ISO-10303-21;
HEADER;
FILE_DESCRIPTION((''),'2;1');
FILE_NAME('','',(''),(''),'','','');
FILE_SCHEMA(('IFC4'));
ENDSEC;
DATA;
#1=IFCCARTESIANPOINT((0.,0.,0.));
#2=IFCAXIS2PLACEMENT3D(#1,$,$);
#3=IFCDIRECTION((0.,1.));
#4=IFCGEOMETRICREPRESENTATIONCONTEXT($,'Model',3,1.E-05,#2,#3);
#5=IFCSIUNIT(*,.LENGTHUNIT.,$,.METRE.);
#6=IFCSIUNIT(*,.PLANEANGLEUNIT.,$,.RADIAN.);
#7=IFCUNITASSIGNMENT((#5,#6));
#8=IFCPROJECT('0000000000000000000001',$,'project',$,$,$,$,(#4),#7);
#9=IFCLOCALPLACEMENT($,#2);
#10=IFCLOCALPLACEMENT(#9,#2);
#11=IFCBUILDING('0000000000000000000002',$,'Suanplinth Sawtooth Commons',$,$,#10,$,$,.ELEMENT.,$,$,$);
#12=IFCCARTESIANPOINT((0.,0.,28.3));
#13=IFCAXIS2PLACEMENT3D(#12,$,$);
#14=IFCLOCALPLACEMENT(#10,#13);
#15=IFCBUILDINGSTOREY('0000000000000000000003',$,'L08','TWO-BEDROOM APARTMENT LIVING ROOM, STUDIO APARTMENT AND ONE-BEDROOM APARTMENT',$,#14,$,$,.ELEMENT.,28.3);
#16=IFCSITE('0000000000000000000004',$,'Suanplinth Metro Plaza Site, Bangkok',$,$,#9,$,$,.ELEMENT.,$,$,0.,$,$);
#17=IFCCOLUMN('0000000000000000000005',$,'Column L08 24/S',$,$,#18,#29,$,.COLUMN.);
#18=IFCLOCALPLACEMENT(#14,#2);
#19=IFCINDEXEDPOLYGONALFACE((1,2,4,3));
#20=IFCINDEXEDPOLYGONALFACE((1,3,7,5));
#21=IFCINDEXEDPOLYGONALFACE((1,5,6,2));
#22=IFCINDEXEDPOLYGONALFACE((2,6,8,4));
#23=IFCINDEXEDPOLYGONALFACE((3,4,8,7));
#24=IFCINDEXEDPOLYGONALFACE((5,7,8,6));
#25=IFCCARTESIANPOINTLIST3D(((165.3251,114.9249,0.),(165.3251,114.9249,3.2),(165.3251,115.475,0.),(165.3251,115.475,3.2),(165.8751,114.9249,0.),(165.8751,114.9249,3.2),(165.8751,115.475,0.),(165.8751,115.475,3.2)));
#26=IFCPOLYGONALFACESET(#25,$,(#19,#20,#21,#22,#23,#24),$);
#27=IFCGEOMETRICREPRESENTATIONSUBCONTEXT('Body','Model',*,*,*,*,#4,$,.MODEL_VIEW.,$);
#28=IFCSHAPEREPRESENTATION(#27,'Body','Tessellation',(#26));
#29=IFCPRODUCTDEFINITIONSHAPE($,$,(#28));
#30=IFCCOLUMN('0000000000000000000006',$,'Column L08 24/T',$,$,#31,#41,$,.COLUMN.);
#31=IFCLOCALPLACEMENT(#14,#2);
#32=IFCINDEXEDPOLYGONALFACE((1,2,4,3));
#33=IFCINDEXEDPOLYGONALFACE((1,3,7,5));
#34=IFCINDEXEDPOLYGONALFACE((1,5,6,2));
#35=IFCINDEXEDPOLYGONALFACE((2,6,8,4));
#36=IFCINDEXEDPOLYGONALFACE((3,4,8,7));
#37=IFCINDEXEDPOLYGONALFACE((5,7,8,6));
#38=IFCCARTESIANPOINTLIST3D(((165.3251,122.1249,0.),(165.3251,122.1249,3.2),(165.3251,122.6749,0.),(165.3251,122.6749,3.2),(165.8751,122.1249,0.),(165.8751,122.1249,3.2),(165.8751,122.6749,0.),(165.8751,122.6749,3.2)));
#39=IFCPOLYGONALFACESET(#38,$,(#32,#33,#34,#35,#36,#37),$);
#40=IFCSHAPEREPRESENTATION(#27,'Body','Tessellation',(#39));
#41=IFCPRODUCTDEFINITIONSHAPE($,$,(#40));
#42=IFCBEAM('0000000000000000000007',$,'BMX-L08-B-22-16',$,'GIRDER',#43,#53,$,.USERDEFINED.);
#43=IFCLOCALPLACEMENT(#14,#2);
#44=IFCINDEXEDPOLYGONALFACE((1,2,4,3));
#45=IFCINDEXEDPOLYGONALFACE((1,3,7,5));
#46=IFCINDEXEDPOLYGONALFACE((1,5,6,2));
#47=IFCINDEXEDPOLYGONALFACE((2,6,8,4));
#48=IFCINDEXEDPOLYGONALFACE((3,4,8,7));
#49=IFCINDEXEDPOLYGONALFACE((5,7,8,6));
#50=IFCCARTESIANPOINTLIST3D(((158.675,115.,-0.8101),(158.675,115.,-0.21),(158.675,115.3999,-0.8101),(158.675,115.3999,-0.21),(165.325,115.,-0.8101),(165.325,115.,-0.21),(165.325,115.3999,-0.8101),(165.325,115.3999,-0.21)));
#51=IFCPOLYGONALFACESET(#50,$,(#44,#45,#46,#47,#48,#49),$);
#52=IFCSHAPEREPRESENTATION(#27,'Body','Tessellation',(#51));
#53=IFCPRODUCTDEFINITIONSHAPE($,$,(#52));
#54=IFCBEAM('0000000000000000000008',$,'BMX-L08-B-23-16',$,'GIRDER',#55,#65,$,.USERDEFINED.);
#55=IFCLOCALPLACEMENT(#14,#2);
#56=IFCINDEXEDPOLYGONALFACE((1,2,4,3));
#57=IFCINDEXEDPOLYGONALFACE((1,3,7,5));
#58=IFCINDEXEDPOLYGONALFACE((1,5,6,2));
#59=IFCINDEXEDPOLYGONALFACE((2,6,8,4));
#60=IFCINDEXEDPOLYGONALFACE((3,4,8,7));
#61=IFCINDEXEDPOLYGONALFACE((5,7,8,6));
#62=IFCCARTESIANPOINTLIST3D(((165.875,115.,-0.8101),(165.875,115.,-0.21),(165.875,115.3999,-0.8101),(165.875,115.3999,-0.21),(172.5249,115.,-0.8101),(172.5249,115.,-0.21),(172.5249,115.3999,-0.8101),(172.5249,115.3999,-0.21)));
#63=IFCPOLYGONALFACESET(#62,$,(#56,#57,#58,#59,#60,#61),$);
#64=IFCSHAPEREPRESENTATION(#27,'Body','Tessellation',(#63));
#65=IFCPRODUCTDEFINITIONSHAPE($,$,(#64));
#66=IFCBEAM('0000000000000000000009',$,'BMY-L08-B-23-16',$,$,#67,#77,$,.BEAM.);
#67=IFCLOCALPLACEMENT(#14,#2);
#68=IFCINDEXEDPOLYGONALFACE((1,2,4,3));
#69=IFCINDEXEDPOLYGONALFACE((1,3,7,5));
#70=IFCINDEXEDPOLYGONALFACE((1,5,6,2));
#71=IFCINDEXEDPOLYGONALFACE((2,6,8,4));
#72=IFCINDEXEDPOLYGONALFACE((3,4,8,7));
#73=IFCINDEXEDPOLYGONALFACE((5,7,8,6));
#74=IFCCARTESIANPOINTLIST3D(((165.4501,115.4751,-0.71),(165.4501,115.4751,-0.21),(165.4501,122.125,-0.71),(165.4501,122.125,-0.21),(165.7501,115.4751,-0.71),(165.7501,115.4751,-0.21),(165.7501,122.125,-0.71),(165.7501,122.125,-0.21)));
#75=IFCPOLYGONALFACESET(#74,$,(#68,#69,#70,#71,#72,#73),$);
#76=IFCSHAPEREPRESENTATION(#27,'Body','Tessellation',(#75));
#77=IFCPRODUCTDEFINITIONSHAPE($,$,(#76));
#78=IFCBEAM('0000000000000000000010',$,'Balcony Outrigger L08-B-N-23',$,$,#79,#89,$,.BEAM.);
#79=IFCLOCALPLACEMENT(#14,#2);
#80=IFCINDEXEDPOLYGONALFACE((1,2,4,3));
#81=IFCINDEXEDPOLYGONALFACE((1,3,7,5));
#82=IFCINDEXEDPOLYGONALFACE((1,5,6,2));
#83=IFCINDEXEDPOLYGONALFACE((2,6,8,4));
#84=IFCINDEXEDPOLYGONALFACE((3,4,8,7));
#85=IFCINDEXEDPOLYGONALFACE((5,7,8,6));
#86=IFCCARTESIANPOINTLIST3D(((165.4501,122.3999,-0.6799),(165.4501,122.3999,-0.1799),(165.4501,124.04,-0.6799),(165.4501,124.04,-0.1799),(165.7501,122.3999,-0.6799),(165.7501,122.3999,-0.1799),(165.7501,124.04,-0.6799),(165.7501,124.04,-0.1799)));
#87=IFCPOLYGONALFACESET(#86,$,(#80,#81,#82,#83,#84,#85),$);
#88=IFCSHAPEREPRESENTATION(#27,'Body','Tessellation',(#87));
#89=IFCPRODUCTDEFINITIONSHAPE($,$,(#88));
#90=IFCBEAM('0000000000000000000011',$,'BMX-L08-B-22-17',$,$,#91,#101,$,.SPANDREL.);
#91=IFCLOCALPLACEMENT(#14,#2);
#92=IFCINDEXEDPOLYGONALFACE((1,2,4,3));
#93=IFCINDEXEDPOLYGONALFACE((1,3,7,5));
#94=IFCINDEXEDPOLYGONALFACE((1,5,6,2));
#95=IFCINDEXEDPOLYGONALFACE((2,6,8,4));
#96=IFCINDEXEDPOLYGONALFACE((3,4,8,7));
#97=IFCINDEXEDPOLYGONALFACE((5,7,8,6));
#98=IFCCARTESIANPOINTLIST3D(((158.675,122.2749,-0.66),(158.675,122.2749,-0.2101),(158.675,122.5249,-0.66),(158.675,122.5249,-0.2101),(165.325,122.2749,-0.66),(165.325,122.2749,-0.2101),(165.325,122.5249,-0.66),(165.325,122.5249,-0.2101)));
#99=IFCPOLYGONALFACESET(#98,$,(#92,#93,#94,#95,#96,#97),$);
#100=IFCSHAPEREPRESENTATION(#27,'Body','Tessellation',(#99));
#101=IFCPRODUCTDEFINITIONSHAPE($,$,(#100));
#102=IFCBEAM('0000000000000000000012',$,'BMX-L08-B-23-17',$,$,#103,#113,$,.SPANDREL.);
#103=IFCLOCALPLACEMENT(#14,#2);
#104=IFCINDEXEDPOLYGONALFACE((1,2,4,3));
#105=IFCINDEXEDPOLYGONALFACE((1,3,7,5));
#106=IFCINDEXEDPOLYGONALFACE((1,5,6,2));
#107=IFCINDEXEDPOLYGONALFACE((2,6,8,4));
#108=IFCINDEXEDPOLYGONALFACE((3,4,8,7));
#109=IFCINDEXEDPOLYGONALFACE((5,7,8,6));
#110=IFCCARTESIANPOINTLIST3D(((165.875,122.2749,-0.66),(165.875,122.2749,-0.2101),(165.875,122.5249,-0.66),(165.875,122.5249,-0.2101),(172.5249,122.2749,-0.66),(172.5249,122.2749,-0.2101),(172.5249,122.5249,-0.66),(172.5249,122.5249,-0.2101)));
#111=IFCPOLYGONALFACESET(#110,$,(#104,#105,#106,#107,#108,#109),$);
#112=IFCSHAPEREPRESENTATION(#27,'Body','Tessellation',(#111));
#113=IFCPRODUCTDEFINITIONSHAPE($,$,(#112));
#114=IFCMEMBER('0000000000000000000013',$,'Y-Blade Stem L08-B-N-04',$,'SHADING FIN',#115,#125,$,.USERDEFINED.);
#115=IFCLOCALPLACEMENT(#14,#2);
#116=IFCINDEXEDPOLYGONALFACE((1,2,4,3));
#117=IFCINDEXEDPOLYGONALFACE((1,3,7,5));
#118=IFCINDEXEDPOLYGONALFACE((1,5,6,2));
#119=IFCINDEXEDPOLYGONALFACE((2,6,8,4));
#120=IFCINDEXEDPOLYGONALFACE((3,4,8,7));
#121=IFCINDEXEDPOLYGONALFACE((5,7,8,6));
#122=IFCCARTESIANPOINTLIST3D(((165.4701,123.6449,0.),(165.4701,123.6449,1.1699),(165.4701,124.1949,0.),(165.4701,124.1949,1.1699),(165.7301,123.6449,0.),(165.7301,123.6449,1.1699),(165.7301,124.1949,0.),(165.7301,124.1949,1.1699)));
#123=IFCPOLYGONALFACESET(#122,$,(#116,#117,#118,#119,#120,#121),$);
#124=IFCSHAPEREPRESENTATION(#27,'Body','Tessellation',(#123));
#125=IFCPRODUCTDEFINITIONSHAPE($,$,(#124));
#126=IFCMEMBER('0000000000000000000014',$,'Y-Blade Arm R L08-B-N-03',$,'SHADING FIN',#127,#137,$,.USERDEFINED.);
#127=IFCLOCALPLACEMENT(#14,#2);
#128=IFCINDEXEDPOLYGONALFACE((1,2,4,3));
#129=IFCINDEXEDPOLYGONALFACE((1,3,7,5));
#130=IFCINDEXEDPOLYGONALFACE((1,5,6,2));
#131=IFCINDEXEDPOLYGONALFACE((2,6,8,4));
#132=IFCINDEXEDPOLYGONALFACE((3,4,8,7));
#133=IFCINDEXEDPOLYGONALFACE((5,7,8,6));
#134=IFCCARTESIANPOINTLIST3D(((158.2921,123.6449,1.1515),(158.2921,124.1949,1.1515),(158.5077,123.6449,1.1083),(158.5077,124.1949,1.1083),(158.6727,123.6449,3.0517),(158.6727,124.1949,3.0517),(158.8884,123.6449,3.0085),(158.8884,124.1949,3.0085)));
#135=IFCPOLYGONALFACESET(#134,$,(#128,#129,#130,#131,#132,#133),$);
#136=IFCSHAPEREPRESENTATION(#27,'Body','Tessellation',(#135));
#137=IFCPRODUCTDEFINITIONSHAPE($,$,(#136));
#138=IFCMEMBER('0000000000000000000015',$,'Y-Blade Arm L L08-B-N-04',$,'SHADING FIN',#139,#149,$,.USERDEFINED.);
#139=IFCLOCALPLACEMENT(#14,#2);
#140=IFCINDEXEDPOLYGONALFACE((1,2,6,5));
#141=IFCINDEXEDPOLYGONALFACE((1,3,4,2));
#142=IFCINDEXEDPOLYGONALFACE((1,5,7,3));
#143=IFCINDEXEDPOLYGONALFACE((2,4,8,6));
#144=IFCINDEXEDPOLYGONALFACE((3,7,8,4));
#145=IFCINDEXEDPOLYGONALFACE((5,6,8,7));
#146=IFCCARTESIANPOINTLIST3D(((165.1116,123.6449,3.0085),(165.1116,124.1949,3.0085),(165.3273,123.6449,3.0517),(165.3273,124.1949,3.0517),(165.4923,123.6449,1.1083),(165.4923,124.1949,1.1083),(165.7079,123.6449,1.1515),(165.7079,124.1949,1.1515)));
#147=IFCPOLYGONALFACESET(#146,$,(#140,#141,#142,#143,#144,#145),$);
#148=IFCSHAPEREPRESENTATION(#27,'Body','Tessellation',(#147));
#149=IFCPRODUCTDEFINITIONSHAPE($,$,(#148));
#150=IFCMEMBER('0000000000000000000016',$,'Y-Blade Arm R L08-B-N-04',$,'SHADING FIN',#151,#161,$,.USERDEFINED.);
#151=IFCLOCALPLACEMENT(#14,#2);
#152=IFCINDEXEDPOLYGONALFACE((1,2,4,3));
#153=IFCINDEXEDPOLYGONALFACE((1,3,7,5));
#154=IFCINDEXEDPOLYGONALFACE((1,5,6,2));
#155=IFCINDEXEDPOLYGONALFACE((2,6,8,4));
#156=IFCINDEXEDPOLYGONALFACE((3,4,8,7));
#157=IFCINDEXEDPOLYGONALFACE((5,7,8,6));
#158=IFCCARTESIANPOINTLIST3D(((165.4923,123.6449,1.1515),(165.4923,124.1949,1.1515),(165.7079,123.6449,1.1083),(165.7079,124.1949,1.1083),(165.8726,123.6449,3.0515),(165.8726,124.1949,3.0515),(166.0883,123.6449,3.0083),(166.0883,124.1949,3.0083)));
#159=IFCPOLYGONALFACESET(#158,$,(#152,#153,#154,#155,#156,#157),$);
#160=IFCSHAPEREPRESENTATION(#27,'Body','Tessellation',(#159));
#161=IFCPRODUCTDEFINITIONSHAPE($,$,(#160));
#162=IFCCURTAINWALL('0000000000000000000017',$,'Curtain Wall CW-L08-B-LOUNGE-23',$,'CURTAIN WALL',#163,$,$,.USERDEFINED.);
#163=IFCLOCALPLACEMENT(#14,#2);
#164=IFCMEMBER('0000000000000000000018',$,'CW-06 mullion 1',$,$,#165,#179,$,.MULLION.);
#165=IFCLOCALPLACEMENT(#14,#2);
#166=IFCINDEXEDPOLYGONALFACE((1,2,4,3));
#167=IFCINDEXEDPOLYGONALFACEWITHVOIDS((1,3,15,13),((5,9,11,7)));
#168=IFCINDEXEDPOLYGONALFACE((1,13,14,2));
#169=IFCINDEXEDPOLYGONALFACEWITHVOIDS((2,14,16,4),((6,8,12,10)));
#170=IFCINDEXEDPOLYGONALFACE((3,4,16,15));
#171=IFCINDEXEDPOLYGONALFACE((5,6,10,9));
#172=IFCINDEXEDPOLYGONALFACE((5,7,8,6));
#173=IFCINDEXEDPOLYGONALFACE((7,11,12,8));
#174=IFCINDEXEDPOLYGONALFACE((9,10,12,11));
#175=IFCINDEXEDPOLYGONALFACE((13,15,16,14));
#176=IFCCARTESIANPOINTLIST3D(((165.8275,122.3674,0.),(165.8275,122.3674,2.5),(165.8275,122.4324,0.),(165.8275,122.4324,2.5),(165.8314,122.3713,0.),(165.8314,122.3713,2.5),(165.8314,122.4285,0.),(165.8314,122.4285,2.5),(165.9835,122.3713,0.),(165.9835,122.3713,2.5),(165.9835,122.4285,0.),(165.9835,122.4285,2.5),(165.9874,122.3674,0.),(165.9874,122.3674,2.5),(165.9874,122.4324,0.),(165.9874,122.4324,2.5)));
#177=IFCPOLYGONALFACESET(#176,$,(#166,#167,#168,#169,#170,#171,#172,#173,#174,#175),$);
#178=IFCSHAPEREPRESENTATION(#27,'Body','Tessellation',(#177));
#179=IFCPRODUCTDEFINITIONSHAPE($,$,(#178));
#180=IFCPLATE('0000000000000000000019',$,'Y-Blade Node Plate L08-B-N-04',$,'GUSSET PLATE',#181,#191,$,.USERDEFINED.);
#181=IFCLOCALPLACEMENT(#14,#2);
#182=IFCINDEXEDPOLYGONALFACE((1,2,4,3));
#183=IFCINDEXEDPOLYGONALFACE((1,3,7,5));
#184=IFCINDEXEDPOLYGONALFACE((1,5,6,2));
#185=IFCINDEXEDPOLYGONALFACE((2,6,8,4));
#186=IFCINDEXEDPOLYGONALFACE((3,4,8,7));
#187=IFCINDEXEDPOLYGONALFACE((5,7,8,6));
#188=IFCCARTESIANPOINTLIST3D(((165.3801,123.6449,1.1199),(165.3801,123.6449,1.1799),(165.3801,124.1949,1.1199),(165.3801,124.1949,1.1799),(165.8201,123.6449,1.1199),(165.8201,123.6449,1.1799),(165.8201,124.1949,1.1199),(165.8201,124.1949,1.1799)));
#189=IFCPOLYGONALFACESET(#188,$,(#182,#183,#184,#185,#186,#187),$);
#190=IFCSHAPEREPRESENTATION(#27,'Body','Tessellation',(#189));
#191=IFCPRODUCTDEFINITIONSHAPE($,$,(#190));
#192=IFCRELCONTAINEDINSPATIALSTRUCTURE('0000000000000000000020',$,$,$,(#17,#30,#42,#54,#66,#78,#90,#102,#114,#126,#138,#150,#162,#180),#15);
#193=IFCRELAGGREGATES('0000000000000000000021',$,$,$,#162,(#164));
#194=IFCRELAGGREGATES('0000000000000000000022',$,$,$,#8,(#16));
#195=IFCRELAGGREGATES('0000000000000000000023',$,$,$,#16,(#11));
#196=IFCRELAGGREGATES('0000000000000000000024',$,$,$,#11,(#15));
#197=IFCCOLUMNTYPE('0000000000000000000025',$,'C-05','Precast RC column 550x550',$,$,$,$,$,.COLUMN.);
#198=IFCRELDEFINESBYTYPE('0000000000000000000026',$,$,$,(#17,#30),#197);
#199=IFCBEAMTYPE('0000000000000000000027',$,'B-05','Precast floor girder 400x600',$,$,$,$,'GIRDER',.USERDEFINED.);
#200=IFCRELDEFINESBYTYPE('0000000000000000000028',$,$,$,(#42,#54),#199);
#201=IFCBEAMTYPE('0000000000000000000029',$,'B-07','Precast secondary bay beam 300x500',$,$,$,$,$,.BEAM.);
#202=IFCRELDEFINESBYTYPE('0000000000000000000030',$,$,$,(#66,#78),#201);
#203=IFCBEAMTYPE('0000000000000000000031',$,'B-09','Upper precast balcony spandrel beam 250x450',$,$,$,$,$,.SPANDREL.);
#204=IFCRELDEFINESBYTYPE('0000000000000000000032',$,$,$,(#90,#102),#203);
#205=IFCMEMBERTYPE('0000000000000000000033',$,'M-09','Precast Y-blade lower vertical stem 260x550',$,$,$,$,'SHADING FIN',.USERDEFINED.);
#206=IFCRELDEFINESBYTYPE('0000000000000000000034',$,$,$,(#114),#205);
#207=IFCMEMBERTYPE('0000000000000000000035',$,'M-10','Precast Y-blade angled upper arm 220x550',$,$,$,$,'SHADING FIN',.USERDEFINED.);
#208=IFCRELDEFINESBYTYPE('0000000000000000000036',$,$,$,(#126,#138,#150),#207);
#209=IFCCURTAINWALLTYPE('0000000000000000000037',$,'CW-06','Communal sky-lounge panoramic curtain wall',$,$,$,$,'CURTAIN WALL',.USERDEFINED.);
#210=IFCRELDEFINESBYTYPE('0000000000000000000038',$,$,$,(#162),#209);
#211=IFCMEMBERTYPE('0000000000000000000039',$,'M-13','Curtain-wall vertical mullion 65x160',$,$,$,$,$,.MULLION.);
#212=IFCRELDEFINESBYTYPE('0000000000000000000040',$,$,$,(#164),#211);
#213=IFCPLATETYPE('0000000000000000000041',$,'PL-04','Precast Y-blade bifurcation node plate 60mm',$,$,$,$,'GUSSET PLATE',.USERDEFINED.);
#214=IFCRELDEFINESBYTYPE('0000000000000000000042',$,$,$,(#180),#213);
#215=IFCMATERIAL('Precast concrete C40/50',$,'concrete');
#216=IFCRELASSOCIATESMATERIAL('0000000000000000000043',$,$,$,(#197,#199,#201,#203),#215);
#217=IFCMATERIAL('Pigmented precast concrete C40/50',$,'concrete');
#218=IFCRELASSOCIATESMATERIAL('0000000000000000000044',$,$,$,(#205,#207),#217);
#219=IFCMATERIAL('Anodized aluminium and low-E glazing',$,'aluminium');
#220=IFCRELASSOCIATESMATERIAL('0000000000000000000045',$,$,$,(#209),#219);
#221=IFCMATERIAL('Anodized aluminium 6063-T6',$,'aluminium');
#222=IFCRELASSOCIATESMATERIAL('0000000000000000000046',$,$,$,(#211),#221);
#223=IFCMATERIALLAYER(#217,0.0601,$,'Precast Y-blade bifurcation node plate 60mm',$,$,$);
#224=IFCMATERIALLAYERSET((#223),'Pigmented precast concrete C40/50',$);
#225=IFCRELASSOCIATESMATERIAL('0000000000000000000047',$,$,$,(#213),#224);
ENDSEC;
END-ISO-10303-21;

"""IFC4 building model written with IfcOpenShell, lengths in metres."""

from ifc_helpers import new_model, si_unit, direction, frame, origin, origin_2d, place, context, subcontext, project, spatial, rectangle, hollow_rectangle, extrude, material, layer, layer_set, material_profile, profile_set, type_object, element, aggregate, save


model = new_model("IFC4")

# Units and contexts
model_context = context("Model", 3, precision=1e-05, world=origin(), true_north=direction((0.0, 1.0)))
body_context = subcontext(model_context, "Body", "Model", "MODEL_VIEW")
ifc_project = project(units=[si_unit("LENGTHUNIT", "METRE"), si_unit("PLANEANGLEUNIT", "RADIAN")], contexts=[model_context])

# Site, building, storey
site_placement = place(None, origin())
site = spatial("IfcSite", under=ifc_project, at=site_placement, Name="Suanplinth Metro Plaza Site, Bangkok", CompositionType="ELEMENT", RefElevation=0.0)
building_placement = place(site_placement, origin())
building = spatial("IfcBuilding", under=site, at=building_placement, Name="Suanplinth Sawtooth Commons", CompositionType="ELEMENT")
storey_placement = place(building_placement, frame((0.0, 0.0, 28.3)))
storey = spatial("IfcBuildingStorey", under=building, at=storey_placement, Name="L08", Description="TWO-BEDROOM APARTMENT LIVING ROOM, STUDIO APARTMENT AND ONE-BEDROOM APARTMENT", CompositionType="ELEMENT", Elevation=28.3)

# Columns
ifc_material_1 = material(Name="Precast concrete C40/50", Category="concrete")
ifc_material_profile_1 = material_profile(ifc_material_1, rectangle(XDim=0.55, YDim=0.55, at=origin_2d()), Name="PC-COL 550x550")
ifc_profile_set_1 = profile_set([ifc_material_profile_1], Name="Precast concrete C40/50")
column_type = type_object("IfcColumnType", Name="C-05", Description="Precast RC column 550x550", PredefinedType="COLUMN", material=ifc_profile_set_1)
for number, where, z_axis, x_axis, name in (
    (1, (165.6001, 115.2, 0.0), (0.0, 0.0, 1.0), (1.0, 0.0, 0.0), "Column L08 24/S"),
    (2, (165.6001, 122.3999, 0.0), (0.0, 0.0, 1.0), (1.0, 0.0, 0.0), "Column L08 24/T"),
):
    element("IfcColumn", number, at=place(storey_placement, frame(where, z_axis=z_axis, x_axis=x_axis)), inside=storey, type_object=column_type, Name=name, PredefinedType="COLUMN", context=body_context, shape_type="SweptSolid", body=[
        extrude(rectangle(XDim=0.55, YDim=0.55, at=origin_2d()), origin(), (0.0, 0.0, 1.0), 3.2),
    ])

# Beams
ifc_material_profile_2 = material_profile(ifc_material_1, rectangle(XDim=0.3999, YDim=0.6001, at=origin_2d()), Name="PC-GDR 400x600")
ifc_profile_set_2 = profile_set([ifc_material_profile_2], Name="Precast concrete C40/50")
beam_type_1 = type_object("IfcBeamType", Name="B-05", Description="Precast floor girder 400x600", ElementType="GIRDER", PredefinedType="USERDEFINED", material=ifc_profile_set_2)
for number, where, z_axis, x_axis, name in (
    (3, (158.675, 115.2, -0.51), (1.0, 0.0, 0.0), (0.0, 1.0, 0.0), "BMX-L08-B-22-16"),
    (4, (165.875, 115.2, -0.51), (1.0, 0.0, 0.0), (0.0, 1.0, 0.0), "BMX-L08-B-23-16"),
):
    element("IfcBeam", number, at=place(storey_placement, frame(where, z_axis=z_axis, x_axis=x_axis)), inside=storey, type_object=beam_type_1, Name=name, ObjectType="GIRDER", PredefinedType="USERDEFINED", context=body_context, shape_type="SweptSolid", body=[
        extrude(rectangle(XDim=0.3999, YDim=0.6001, at=origin_2d()), origin(), (0.0, 0.0, 1.0), 6.6499),
    ])
ifc_material_profile_3 = material_profile(ifc_material_1, rectangle(XDim=0.3, YDim=0.5, at=origin_2d()), Name="PC-BM 300x500")
ifc_profile_set_3 = profile_set([ifc_material_profile_3], Name="Precast concrete C40/50")
beam_type_2 = type_object("IfcBeamType", Name="B-07", Description="Precast secondary bay beam 300x500", PredefinedType="BEAM", material=ifc_profile_set_3)
beam_1_placement = place(storey_placement, frame((165.6001, 115.4751, -0.46), z_axis=(0.0, 1.0, 0.0), x_axis=(-1.0, 0.0, 0.0)))
element("IfcBeam", 5, at=beam_1_placement, inside=storey, type_object=beam_type_2, Name="BMY-L08-B-23-16", PredefinedType="BEAM", context=body_context, shape_type="SweptSolid", body=[
    extrude(rectangle(XDim=0.3, YDim=0.5, at=origin_2d()), origin(), (0.0, 0.0, 1.0), 6.6499),
])
beam_2_placement = place(storey_placement, frame((165.6001, 122.3999, -0.4299), z_axis=(0.0, 1.0, 0.0), x_axis=(-1.0, 0.0, 0.0)))
element("IfcBeam", 6, at=beam_2_placement, inside=storey, type_object=beam_type_2, Name="Balcony Outrigger L08-B-N-23", PredefinedType="BEAM", context=body_context, shape_type="SweptSolid", body=[
    extrude(rectangle(XDim=0.3, YDim=0.5, at=origin_2d()), origin(), (0.0, 0.0, 1.0), 1.6401),
])
ifc_material_profile_4 = material_profile(ifc_material_1, rectangle(XDim=0.25, YDim=0.45, at=origin_2d()), Name="PC-SP 250x450")
ifc_profile_set_4 = profile_set([ifc_material_profile_4], Name="Precast concrete C40/50")
beam_type_3 = type_object("IfcBeamType", Name="B-09", Description="Upper precast balcony spandrel beam 250x450", PredefinedType="SPANDREL", material=ifc_profile_set_4)
for number, where, z_axis, x_axis, name in (
    (7, (158.675, 122.3999, -0.4351), (1.0, 0.0, 0.0), (0.0, 1.0, 0.0), "BMX-L08-B-22-17"),
    (8, (165.875, 122.3999, -0.4351), (1.0, 0.0, 0.0), (0.0, 1.0, 0.0), "BMX-L08-B-23-17"),
):
    element("IfcBeam", number, at=place(storey_placement, frame(where, z_axis=z_axis, x_axis=x_axis)), inside=storey, type_object=beam_type_3, Name=name, PredefinedType="SPANDREL", context=body_context, shape_type="SweptSolid", body=[
        extrude(rectangle(XDim=0.25, YDim=0.45, at=origin_2d()), origin(), (0.0, 0.0, 1.0), 6.6499),
    ])

# Members
ifc_material_2 = material(Name="Pigmented precast concrete C40/50", Category="concrete")
ifc_material_profile_5 = material_profile(ifc_material_2, rectangle(XDim=0.26, YDim=0.55, at=origin_2d()), Name="PC-FIN 260x550")
ifc_profile_set_5 = profile_set([ifc_material_profile_5], Name="Pigmented precast concrete C40/50")
member_type_1 = type_object("IfcMemberType", Name="M-09", Description="Precast Y-blade lower vertical stem 260x550", ElementType="SHADING FIN", PredefinedType="USERDEFINED", material=ifc_profile_set_5)
member_1_placement = place(storey_placement, frame((165.6001, 123.9199, 0.0), z_axis=(0.0, 0.0, 1.0), x_axis=(1.0, 0.0, 0.0)))
element("IfcMember", 9, at=member_1_placement, inside=storey, type_object=member_type_1, Name="Y-Blade Stem L08-B-N-04", ObjectType="SHADING FIN", PredefinedType="USERDEFINED", context=body_context, shape_type="SweptSolid", body=[
    extrude(rectangle(XDim=0.26, YDim=0.55, at=origin_2d()), origin(), (0.0, 0.0, 1.0), 1.1699),
])
ifc_material_profile_6 = material_profile(ifc_material_2, rectangle(XDim=0.22, YDim=0.55, at=origin_2d()), Name="PC-FIN 220x550")
ifc_profile_set_6 = profile_set([ifc_material_profile_6], Name="Pigmented precast concrete C40/50")
member_type_2 = type_object("IfcMemberType", Name="M-10", Description="Precast Y-blade angled upper arm 220x550", ElementType="SHADING FIN", PredefinedType="USERDEFINED", material=ifc_profile_set_6)
for number, where, z_axis, x_axis, name in (
    (10, (158.3999, 123.9199, 1.1299), (0.196407, 0.0, 0.980522), (-0.980522, 0.0, 0.196407), "Y-Blade Arm R L08-B-N-03"),
    (11, (165.6001, 123.9199, 1.1299), (-0.196407, 0.0, 0.980522), (0.980522, 0.0, 0.196407), "Y-Blade Arm L L08-B-N-04"),
):
    element("IfcMember", number, at=place(storey_placement, frame(where, z_axis=z_axis, x_axis=x_axis)), inside=storey, type_object=member_type_2, Name=name, ObjectType="SHADING FIN", PredefinedType="USERDEFINED", context=body_context, shape_type="SweptSolid", body=[
        extrude(rectangle(XDim=0.22, YDim=0.55, at=origin_2d()), origin(), (0.0, 0.0, 1.0), 1.938),
    ])
member_2_placement = place(storey_placement, frame((165.6001, 123.9199, 1.1299), z_axis=(0.196286, 0.0, 0.980547), x_axis=(-0.980547, 0.0, 0.196286)))
element("IfcMember", 12, at=member_2_placement, inside=storey, type_object=member_type_2, Name="Y-Blade Arm R L08-B-N-04", ObjectType="SHADING FIN", PredefinedType="USERDEFINED", context=body_context, shape_type="SweptSolid", body=[
    extrude(rectangle(XDim=0.22, YDim=0.55, at=origin_2d()), origin(), (0.0, 0.0, 1.0), 1.9377),
])

# Curtain wall, member
ifc_material_3 = material(Name="Anodized aluminium and low-E glazing", Category="aluminium")
curtain_wall_type = type_object("IfcCurtainWallType", Name="CW-06", Description="Communal sky-lounge panoramic curtain wall", ElementType="CURTAIN WALL", PredefinedType="USERDEFINED", material=ifc_material_3)
curtain_wall_placement = place(storey_placement, origin())
curtain_wall = element("IfcCurtainWall", 13, at=curtain_wall_placement, inside=storey, type_object=curtain_wall_type, Name="Curtain Wall CW-L08-B-LOUNGE-23", ObjectType="CURTAIN WALL", PredefinedType="USERDEFINED")
ifc_material_4 = material(Name="Anodized aluminium 6063-T6", Category="aluminium")
ifc_material_profile_7 = material_profile(ifc_material_4, hollow_rectangle(XDim=0.0649, YDim=0.1599, WallThickness=0.0039, at=origin_2d()), Name="ALU-MUL 65x160")
ifc_profile_set_7 = profile_set([ifc_material_profile_7], Name="Anodized aluminium 6063-T6")
member_type_3 = type_object("IfcMemberType", Name="M-13", Description="Curtain-wall vertical mullion 65x160", PredefinedType="MULLION", material=ifc_profile_set_7)
member_3_placement = place(storey_placement, frame((165.9075, 122.3999, 0.0), z_axis=(0.0, 0.0, 1.0), x_axis=(0.0, 1.0, 0.0)))
member_3 = element("IfcMember", 14, at=member_3_placement, type_object=member_type_3, Name="CW-06 mullion 1", PredefinedType="MULLION", context=body_context, shape_type="SweptSolid", body=[
    extrude(hollow_rectangle(XDim=0.0649, YDim=0.1599, WallThickness=0.0039, at=origin_2d()), origin(), (0.0, 0.0, 1.0), 2.5),
])
aggregate(curtain_wall, [member_3])

# Plate
ifc_layer_1 = layer(ifc_material_2, 0.0601, Name="Precast Y-blade bifurcation node plate 60mm")
ifc_layer_set_1 = layer_set([ifc_layer_1], Name="Pigmented precast concrete C40/50")
plate_type = type_object("IfcPlateType", Name="PL-04", Description="Precast Y-blade bifurcation node plate 60mm", ElementType="GUSSET PLATE", PredefinedType="USERDEFINED", material=ifc_layer_set_1)
plate_placement = place(storey_placement, frame((165.6001, 123.9199, 1.1199), z_axis=(0.0, 0.0, 1.0), x_axis=(1.0, 0.0, 0.0)))
element("IfcPlate", 15, at=plate_placement, inside=storey, type_object=plate_type, Name="Y-Blade Node Plate L08-B-N-04", ObjectType="GUSSET PLATE", PredefinedType="USERDEFINED", context=body_context, shape_type="SweptSolid", body=[
    extrude(rectangle(XDim=0.4399, YDim=0.55, at=origin_2d()), origin(), (0.0, 0.0, 1.0), 0.0601),
])

save(model, "model.ifc")
